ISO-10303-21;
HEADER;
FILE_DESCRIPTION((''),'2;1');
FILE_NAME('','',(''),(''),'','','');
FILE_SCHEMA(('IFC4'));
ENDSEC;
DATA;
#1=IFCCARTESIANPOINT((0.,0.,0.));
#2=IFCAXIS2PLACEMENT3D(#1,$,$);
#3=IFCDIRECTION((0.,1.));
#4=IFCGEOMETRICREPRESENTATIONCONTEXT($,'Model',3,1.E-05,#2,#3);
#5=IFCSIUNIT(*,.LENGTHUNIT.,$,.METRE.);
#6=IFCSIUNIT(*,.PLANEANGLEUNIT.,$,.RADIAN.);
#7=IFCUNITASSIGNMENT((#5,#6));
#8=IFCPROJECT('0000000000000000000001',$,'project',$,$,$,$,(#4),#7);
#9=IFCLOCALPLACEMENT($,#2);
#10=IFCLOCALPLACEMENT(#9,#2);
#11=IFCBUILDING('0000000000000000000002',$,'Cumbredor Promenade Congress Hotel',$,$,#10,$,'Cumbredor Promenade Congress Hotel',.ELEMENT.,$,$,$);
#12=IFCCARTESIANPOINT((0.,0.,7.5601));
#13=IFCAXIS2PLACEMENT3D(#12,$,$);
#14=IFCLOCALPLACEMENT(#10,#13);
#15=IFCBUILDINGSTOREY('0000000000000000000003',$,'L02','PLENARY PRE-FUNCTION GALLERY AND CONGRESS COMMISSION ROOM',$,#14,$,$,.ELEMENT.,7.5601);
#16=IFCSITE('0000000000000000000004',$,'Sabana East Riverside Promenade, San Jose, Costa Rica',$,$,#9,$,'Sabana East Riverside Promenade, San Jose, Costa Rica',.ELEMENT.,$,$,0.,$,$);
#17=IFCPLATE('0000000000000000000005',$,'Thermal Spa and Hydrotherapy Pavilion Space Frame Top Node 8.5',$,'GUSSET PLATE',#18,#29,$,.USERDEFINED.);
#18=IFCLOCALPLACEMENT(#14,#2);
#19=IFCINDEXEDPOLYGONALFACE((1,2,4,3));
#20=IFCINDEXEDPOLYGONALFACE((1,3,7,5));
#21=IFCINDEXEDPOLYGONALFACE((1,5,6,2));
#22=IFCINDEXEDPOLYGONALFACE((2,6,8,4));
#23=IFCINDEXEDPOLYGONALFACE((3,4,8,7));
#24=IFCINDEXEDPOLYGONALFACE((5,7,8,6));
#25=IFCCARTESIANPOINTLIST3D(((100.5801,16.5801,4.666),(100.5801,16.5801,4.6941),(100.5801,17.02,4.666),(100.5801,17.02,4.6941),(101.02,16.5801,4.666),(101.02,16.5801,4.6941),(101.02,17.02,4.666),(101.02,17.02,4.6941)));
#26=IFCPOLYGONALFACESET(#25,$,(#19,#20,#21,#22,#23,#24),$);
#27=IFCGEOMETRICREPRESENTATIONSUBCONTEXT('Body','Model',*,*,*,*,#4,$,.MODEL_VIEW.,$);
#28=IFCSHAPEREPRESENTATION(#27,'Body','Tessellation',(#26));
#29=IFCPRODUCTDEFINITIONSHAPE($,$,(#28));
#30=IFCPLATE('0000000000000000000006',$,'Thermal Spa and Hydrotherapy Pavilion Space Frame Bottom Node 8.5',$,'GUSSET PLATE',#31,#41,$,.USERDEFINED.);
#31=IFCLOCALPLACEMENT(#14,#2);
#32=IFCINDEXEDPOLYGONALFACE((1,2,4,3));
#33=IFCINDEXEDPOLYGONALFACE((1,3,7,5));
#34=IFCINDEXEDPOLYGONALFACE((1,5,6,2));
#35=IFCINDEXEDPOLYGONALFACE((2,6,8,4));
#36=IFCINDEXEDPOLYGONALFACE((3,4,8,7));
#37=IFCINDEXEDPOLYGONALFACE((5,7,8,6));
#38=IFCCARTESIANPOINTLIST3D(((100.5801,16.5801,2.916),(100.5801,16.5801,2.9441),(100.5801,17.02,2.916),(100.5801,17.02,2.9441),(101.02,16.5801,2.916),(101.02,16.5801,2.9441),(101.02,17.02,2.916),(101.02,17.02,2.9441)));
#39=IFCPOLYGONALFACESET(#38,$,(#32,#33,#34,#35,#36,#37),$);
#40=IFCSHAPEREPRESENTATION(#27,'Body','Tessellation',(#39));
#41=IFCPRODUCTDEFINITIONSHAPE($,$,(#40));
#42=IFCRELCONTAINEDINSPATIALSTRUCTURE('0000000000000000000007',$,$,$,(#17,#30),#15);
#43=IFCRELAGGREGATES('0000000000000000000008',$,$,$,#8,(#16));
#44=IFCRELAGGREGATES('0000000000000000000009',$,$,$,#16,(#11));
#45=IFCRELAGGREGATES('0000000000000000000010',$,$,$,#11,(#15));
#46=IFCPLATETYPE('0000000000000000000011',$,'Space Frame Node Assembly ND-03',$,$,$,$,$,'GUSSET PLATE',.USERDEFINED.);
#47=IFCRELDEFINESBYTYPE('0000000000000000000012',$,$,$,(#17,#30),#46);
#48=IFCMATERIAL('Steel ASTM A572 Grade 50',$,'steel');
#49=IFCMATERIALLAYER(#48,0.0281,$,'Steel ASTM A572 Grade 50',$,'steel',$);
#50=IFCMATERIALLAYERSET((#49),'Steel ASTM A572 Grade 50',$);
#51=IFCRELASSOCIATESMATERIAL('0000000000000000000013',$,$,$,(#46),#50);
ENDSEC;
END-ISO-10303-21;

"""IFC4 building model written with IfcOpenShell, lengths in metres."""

from ifc_helpers import new_model, si_unit, direction, frame, origin, origin_2d, place, context, subcontext, project, spatial, rectangle, extrude, material, layer, layer_set, type_object, element, save


model = new_model("IFC4")

# Units and contexts
model_context = context("Model", 3, precision=1e-05, world=origin(), true_north=direction((0.0, 1.0)))
body_context = subcontext(model_context, "Body", "Model", "MODEL_VIEW")
ifc_project = project(units=[si_unit("LENGTHUNIT", "METRE"), si_unit("PLANEANGLEUNIT", "RADIAN")], contexts=[model_context])

# Site, building, storey
site_placement = place(None, origin())
site = spatial("IfcSite", under=ifc_project, at=site_placement, Name="Sabana East Riverside Promenade, San Jose, Costa Rica", LongName="Sabana East Riverside Promenade, San Jose, Costa Rica", CompositionType="ELEMENT", RefElevation=0.0)
building_placement = place(site_placement, origin())
building = spatial("IfcBuilding", under=site, at=building_placement, Name="Cumbredor Promenade Congress Hotel", LongName="Cumbredor Promenade Congress Hotel", CompositionType="ELEMENT")
storey_placement = place(building_placement, frame((0.0, 0.0, 7.5601)))
storey = spatial("IfcBuildingStorey", under=building, at=storey_placement, Name="L02", Description="PLENARY PRE-FUNCTION GALLERY AND CONGRESS COMMISSION ROOM", CompositionType="ELEMENT", Elevation=7.5601)

# Plates
ifc_material_1 = material(Name="Steel ASTM A572 Grade 50", Category="steel")
ifc_layer = layer(ifc_material_1, 0.0281, Name="Steel ASTM A572 Grade 50", Category="steel")
ifc_layer_set = layer_set([ifc_layer], Name="Steel ASTM A572 Grade 50")
plate_type = type_object("IfcPlateType", Name="Space Frame Node Assembly ND-03", ElementType="GUSSET PLATE", PredefinedType="USERDEFINED", material=ifc_layer_set)
for number, where, z_axis, x_axis, name in (
    (1, (100.8, 16.8, 4.666), (0.0, 0.0, 1.0), (1.0, 0.0, 0.0), "Thermal Spa and Hydrotherapy Pavilion Space Frame Top Node 8.5"),
    (2, (100.8, 16.8, 2.916), (0.0, 0.0, 1.0), (1.0, 0.0, 0.0), "Thermal Spa and Hydrotherapy Pavilion Space Frame Bottom Node 8.5"),
):
    element("IfcPlate", number, at=place(storey_placement, frame(where, z_axis=z_axis, x_axis=x_axis)), inside=storey, type_object=plate_type, Name=name, ObjectType="GUSSET PLATE", PredefinedType="USERDEFINED", context=body_context, shape_type="SweptSolid", body=[
        extrude(rectangle(XDim=0.4399, YDim=0.4399, at=origin_2d()), origin(), (0.0, 0.0, 1.0), 0.0281),
    ])

save(model, "model.ifc")
